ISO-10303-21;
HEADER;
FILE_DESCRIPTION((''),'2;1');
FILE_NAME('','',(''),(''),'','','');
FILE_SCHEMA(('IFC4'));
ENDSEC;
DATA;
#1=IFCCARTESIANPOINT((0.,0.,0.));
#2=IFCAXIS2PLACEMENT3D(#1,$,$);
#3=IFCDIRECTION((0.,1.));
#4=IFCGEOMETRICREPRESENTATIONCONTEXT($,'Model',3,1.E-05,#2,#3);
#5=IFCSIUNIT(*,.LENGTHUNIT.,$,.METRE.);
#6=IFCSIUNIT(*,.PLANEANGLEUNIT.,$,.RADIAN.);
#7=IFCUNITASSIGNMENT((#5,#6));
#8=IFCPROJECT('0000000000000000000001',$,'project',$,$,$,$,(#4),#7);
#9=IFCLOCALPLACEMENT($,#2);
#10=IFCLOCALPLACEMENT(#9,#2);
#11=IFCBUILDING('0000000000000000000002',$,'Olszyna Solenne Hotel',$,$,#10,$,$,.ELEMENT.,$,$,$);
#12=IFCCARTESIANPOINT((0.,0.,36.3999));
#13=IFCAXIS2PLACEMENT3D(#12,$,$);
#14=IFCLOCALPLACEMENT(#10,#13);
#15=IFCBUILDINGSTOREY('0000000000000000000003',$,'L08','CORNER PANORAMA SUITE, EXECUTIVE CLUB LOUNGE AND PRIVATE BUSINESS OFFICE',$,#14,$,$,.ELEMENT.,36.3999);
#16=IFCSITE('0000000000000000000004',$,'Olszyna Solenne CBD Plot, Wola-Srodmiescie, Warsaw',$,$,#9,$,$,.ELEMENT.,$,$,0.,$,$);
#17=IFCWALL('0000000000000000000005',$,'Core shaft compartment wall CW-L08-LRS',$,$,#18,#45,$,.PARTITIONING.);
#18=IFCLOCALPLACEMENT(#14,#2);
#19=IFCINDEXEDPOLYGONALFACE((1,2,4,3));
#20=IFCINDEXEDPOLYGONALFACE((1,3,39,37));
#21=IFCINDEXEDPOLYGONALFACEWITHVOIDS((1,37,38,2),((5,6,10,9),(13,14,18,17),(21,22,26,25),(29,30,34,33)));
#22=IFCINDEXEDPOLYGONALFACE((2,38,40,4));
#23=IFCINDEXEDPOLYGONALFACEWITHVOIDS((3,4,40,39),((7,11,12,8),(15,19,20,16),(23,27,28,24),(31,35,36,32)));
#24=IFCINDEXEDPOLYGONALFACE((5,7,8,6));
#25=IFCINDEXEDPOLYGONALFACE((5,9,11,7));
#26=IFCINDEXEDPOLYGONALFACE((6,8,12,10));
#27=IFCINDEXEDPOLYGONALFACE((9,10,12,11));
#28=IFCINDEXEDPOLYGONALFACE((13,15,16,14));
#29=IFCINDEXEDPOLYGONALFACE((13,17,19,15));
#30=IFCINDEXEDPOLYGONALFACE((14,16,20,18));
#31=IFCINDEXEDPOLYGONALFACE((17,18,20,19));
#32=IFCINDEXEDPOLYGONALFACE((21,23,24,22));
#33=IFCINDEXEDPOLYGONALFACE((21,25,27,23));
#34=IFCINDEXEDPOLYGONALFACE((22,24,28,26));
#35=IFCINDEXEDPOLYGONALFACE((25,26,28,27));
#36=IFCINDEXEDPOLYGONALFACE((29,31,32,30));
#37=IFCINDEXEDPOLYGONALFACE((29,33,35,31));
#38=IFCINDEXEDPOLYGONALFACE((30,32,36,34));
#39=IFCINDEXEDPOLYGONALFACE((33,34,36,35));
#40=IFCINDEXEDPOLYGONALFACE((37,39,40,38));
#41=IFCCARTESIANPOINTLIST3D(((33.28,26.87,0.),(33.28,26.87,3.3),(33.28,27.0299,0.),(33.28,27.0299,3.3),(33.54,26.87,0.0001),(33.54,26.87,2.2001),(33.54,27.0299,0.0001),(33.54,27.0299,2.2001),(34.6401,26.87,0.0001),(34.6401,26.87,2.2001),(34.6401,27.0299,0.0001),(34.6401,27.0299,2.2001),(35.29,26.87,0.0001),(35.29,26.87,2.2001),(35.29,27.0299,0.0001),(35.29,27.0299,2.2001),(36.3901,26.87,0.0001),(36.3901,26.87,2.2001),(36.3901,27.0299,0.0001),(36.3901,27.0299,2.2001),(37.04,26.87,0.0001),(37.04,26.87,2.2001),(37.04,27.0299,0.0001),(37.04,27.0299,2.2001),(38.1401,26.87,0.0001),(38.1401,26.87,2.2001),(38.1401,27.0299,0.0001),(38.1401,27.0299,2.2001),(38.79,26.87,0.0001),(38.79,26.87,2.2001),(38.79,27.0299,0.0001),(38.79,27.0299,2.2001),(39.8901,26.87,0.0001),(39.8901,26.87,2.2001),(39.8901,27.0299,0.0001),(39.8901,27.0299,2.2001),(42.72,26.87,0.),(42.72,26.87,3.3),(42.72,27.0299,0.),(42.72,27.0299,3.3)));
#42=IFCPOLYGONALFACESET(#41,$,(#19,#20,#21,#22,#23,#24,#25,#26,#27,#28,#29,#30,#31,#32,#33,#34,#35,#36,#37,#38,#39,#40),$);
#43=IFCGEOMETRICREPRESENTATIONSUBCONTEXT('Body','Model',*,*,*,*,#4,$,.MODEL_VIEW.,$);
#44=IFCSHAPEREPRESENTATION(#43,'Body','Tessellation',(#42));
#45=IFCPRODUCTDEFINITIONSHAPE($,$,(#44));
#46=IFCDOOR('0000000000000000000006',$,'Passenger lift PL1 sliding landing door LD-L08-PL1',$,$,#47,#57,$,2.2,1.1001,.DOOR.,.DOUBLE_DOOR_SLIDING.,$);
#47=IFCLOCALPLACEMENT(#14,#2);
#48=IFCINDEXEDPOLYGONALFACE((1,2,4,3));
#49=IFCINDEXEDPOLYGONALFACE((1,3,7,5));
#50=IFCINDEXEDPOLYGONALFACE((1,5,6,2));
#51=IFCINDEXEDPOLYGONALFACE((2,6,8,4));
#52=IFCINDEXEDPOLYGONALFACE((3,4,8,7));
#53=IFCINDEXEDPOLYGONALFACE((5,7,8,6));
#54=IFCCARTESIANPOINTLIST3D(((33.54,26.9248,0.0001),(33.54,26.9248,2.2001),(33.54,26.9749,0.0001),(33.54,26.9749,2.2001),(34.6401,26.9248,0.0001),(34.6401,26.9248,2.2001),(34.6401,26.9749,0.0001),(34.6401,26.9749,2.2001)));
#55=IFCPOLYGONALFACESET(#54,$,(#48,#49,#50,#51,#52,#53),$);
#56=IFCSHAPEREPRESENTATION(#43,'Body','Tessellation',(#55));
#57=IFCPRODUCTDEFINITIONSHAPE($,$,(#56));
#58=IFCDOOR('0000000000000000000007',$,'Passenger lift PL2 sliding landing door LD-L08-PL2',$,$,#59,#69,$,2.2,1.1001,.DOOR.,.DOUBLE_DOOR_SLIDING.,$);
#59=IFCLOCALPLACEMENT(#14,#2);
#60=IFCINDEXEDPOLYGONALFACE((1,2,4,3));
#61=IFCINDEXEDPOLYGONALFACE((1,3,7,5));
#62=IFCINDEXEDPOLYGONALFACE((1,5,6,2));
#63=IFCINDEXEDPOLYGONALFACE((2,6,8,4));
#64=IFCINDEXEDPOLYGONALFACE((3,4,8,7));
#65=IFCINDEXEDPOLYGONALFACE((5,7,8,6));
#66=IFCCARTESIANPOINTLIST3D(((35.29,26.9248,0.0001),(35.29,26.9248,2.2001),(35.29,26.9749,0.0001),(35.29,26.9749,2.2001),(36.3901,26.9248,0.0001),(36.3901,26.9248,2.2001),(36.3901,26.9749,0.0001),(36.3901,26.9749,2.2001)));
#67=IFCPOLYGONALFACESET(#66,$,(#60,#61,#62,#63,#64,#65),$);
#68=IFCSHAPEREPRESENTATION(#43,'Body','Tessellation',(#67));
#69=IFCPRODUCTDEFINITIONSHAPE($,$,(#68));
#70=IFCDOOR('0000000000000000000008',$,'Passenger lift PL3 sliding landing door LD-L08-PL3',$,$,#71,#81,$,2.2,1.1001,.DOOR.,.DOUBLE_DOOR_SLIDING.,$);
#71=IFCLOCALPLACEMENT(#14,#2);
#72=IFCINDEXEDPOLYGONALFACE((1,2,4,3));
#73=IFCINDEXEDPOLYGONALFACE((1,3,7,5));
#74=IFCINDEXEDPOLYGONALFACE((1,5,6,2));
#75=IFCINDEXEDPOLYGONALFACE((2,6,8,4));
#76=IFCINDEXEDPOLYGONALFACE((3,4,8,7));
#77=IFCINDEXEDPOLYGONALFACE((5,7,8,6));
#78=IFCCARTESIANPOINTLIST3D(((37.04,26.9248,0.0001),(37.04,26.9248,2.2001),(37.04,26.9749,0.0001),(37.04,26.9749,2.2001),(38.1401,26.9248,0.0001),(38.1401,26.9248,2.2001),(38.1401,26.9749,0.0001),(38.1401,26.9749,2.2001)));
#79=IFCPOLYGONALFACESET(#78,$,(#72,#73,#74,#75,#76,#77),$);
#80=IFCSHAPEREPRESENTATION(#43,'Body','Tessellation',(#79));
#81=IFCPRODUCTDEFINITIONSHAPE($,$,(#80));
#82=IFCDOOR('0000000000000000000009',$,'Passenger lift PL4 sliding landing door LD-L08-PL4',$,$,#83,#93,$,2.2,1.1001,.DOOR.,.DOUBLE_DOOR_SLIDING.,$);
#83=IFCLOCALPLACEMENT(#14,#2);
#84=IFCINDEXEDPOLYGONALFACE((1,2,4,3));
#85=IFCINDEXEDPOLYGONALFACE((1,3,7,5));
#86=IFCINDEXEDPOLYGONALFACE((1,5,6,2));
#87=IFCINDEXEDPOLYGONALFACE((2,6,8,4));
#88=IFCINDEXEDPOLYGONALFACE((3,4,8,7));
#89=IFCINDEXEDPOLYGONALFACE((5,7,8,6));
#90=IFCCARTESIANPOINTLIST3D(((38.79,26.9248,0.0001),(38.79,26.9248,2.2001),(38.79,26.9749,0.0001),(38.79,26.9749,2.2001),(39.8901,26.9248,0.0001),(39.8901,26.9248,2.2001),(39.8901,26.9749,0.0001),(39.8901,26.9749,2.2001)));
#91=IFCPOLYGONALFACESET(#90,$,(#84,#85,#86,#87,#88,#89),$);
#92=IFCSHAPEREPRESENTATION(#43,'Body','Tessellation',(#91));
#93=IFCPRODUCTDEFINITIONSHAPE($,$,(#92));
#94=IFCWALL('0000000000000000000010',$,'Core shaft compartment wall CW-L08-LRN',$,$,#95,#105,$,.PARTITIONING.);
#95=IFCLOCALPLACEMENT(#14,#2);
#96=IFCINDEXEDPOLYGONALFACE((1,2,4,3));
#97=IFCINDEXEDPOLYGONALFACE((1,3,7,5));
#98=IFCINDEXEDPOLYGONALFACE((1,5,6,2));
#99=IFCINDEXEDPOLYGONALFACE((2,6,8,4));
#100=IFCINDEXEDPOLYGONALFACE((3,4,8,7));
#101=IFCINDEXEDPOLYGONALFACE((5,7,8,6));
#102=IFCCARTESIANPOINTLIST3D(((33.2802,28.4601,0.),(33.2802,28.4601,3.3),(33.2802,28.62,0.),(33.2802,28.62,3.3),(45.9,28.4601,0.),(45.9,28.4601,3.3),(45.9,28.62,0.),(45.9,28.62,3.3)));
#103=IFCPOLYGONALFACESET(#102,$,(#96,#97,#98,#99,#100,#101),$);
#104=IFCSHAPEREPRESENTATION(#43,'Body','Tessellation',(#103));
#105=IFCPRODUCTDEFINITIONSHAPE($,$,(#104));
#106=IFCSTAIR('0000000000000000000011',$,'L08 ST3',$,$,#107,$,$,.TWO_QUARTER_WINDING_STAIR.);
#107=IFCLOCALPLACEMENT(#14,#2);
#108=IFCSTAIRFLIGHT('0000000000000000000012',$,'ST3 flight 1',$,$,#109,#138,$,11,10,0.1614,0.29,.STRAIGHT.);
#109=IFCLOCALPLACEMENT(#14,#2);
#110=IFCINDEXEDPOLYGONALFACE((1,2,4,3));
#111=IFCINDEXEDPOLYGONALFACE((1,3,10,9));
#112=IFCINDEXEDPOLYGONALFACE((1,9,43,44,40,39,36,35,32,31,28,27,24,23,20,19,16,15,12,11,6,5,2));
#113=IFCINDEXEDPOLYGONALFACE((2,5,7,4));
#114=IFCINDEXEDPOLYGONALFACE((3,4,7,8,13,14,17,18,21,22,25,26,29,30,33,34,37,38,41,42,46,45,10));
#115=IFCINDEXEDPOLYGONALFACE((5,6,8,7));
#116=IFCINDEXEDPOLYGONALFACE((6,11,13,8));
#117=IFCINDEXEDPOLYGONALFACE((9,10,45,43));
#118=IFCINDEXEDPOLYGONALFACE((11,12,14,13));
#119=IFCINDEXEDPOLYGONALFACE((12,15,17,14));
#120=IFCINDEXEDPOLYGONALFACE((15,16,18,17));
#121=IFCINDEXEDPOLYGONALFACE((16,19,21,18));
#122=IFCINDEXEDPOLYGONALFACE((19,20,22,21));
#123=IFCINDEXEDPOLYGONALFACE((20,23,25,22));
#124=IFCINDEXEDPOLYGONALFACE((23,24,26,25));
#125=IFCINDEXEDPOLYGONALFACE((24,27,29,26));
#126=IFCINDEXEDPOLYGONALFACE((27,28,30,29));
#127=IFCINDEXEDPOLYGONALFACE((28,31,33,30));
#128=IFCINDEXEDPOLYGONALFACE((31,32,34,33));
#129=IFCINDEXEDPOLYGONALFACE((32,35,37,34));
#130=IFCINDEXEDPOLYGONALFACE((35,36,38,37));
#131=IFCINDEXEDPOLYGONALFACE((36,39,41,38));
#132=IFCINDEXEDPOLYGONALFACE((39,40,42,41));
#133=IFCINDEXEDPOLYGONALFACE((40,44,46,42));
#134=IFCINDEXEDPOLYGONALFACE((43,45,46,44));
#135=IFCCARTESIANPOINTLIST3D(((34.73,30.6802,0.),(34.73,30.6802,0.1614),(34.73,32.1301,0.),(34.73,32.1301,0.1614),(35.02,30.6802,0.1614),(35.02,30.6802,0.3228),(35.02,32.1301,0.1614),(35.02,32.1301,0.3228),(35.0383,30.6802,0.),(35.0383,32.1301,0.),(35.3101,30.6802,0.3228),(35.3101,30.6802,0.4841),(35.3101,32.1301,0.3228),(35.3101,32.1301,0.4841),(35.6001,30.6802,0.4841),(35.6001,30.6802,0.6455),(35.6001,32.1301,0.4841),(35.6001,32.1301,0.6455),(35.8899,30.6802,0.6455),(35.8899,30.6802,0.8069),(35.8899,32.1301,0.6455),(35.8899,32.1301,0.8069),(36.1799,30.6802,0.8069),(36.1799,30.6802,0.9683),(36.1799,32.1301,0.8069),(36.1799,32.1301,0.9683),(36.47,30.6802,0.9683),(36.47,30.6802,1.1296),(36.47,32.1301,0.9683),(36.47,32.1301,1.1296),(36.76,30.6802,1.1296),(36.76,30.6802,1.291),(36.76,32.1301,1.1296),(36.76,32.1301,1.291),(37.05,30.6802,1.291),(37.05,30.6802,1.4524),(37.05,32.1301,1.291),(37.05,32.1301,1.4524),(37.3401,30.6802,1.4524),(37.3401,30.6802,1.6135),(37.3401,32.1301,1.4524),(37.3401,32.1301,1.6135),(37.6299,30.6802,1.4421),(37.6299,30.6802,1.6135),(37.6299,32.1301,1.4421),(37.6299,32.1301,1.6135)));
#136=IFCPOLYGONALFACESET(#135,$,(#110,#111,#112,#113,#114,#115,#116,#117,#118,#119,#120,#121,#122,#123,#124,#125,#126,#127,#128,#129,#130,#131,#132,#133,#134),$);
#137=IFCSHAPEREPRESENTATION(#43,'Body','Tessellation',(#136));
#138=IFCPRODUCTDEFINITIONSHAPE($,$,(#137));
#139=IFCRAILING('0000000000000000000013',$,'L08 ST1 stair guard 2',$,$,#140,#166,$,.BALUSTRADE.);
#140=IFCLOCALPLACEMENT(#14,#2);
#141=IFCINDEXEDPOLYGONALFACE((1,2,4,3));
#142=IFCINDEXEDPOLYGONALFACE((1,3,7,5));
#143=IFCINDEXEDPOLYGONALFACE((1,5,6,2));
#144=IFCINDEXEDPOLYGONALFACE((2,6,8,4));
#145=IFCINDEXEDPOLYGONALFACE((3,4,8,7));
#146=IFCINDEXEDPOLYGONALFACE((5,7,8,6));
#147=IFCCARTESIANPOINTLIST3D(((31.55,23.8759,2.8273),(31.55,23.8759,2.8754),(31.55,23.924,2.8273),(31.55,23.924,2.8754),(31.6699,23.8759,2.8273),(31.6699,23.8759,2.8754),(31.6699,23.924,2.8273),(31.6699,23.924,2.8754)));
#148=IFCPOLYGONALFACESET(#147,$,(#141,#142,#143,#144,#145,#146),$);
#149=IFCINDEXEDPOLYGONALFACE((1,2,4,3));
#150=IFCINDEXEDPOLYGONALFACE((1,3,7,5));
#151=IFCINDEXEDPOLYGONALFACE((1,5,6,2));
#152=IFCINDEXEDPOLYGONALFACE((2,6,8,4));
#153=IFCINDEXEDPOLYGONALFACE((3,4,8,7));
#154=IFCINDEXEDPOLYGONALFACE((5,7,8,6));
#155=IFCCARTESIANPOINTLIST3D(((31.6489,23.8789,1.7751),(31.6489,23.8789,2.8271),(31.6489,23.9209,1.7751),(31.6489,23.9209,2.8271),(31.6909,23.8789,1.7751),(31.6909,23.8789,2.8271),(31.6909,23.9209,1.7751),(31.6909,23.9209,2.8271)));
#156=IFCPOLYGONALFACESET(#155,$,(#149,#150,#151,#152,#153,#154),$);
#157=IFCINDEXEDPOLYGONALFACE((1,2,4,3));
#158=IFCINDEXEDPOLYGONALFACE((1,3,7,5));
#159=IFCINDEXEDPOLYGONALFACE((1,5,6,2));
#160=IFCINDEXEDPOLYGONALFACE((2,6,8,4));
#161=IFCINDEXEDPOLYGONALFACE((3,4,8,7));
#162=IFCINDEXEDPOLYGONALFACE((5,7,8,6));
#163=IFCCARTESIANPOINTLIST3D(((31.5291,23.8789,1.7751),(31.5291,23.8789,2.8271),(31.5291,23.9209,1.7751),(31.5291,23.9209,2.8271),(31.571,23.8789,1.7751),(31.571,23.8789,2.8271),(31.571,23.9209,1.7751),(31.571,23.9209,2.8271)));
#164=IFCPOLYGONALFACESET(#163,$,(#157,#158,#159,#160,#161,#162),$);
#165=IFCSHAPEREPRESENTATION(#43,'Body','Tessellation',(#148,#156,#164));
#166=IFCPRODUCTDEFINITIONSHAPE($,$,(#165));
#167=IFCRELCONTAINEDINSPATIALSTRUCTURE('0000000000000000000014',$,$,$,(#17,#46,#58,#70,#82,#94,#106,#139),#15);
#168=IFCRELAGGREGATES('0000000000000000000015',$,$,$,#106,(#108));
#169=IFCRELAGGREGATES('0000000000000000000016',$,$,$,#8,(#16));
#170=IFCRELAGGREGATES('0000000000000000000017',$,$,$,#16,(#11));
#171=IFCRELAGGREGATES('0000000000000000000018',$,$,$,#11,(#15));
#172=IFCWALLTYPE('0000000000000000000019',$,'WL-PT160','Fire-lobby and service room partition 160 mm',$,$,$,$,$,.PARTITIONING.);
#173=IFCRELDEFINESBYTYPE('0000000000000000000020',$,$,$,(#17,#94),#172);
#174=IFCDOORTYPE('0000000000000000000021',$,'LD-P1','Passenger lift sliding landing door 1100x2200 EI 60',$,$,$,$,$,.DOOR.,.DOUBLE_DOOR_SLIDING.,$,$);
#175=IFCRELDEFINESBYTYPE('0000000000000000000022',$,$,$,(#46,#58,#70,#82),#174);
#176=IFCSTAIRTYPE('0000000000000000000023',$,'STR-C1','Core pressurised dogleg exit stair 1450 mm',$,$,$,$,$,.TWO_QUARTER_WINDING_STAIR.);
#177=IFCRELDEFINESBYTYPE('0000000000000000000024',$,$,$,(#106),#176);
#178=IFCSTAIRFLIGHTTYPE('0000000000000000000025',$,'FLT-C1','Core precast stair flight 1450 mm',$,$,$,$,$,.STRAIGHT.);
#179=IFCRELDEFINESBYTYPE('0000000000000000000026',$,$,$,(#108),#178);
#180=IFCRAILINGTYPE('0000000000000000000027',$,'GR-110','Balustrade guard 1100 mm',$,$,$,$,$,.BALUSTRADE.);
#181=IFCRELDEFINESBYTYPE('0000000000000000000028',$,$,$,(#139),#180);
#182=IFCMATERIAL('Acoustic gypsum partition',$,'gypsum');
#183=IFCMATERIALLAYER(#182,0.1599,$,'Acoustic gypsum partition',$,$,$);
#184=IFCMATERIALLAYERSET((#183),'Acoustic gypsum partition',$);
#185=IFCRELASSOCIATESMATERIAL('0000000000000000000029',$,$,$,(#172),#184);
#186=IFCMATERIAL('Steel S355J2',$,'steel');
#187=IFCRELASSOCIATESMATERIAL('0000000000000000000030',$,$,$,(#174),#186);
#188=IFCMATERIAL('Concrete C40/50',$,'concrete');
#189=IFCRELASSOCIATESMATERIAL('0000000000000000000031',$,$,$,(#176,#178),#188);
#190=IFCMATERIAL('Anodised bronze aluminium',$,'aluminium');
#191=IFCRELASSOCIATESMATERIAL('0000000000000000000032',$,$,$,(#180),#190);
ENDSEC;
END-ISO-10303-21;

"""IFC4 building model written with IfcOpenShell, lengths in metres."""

from ifc_helpers import new_model, si_unit, direction, frame, frame_2d, origin, origin_2d, place, context, subcontext, project, spatial, polyline, rectangle, outline, extrude, source, transform, mapped, material, layer, layer_set, type_object, type_shapes, element, fill, aggregate, save


model = new_model("IFC4")

# Units and contexts
model_context = context("Model", 3, precision=1e-05, world=origin(), true_north=direction((0.0, 1.0)))
body_context = subcontext(model_context, "Body", "Model", "MODEL_VIEW")
ifc_project = project(units=[si_unit("LENGTHUNIT", "METRE"), si_unit("PLANEANGLEUNIT", "RADIAN")], contexts=[model_context])

# Site, building, storey
site_placement = place(None, origin())
site = spatial("IfcSite", under=ifc_project, at=site_placement, Name="Olszyna Solenne CBD Plot, Wola-Srodmiescie, Warsaw", CompositionType="ELEMENT", RefElevation=0.0)
building_placement = place(site_placement, origin())
building = spatial("IfcBuilding", under=site, at=building_placement, Name="Olszyna Solenne Hotel", CompositionType="ELEMENT")
storey_placement = place(building_placement, frame((0.0, 0.0, 36.3999)))
storey = spatial("IfcBuildingStorey", under=building, at=storey_placement, Name="L08", Description="CORNER PANORAMA SUITE, EXECUTIVE CLUB LOUNGE AND PRIVATE BUSINESS OFFICE", CompositionType="ELEMENT", Elevation=36.3999)

# Shared definitions
ifc_material_1 = material(Name="Steel S355J2", Category="steel")

# Shared definitions
ifc_material_2 = material(Name="Acoustic gypsum partition", Category="gypsum")
ifc_layer = layer(ifc_material_2, 0.1599, Name="Acoustic gypsum partition")
ifc_layer_set = layer_set([ifc_layer], Name="Acoustic gypsum partition")
wall_type = type_object("IfcWallType", Name="WL-PT160", Description="Fire-lobby and service room partition 160 mm", PredefinedType="PARTITIONING", material=ifc_layer_set)

# Wall, openings, doors
wall_1_placement = place(storey_placement, frame((33.28, 26.95, 0.0), z_axis=(0.0, 0.0, 1.0), x_axis=(1.0, 0.0, 0.0)))
wall_1 = element("IfcWall", 1, at=wall_1_placement, inside=storey, type_object=wall_type, Name="Core shaft compartment wall CW-L08-LRS", PredefinedType="PARTITIONING", context=body_context, shape_type="SweptSolid", body=[
    extrude(rectangle(XDim=9.4399, YDim=0.1599, at=frame_2d((4.72, 0.0))), origin(), (0.0, 0.0, 1.0), 3.3),
])
opening_1_placement = place(wall_1_placement, frame((0.26, 0.0, 0.0)))
opening_1 = element("IfcOpeningElement", 2, at=opening_1_placement, cuts=wall_1, PredefinedType="OPENING", context=body_context, shape_type="SweptSolid", body=[
    extrude(rectangle(XDim=1.1001, YDim=2.2, at=frame_2d((0.55, 1.1001))), frame((0.0, 0.0898, 0.0), z_axis=(0.0, -1.0, 0.0), x_axis=(1.0, 0.0, 0.0)), (0.0, 0.0, 1.0), 0.1799),
])
opening_2_placement = place(wall_1_placement, frame((2.01, 0.0, 0.0)))
opening_2 = element("IfcOpeningElement", 3, at=opening_2_placement, cuts=wall_1, PredefinedType="OPENING", context=body_context, shape_type="SweptSolid", body=[
    extrude(rectangle(XDim=1.1001, YDim=2.2, at=frame_2d((0.55, 1.1001))), frame((0.0, 0.0898, 0.0), z_axis=(0.0, -1.0, 0.0), x_axis=(1.0, 0.0, 0.0)), (0.0, 0.0, 1.0), 0.1799),
])
opening_3_placement = place(wall_1_placement, frame((3.76, 0.0, 0.0)))
opening_3 = element("IfcOpeningElement", 4, at=opening_3_placement, cuts=wall_1, PredefinedType="OPENING", context=body_context, shape_type="SweptSolid", body=[
    extrude(rectangle(XDim=1.1001, YDim=2.2, at=frame_2d((0.55, 1.1001))), frame((0.0, 0.0898, 0.0), z_axis=(0.0, -1.0, 0.0), x_axis=(1.0, 0.0, 0.0)), (0.0, 0.0, 1.0), 0.1799),
])
opening_4_placement = place(wall_1_placement, frame((5.51, 0.0, 0.0)))
opening_4 = element("IfcOpeningElement", 5, at=opening_4_placement, cuts=wall_1, PredefinedType="OPENING", context=body_context, shape_type="SweptSolid", body=[
    extrude(rectangle(XDim=1.1001, YDim=2.2, at=frame_2d((0.55, 1.1001))), frame((0.0, 0.0898, 0.0), z_axis=(0.0, -1.0, 0.0), x_axis=(1.0, 0.0, 0.0)), (0.0, 0.0, 1.0), 0.1799),
])
door_type_1 = type_object("IfcDoorType", Name="LD-P1", Description="Passenger lift sliding landing door 1100x2200 EI 60", OperationType="DOUBLE_DOOR_SLIDING", PredefinedType="DOOR", material=ifc_material_1)
shared_shape_1 = source(origin(), body_context, "Body", "SweptSolid", [
    extrude(rectangle(XDim=1.1001, YDim=2.2, at=frame_2d((0.55, 1.1001))), frame((0.0, 0.0249, 0.0), z_axis=(0.0, -1.0, 0.0), x_axis=(1.0, 0.0, 0.0)), (0.0, 0.0, 1.0), 0.05),
])
type_shapes(door_type_1, [shared_shape_1])
door_1_placement = place(opening_1_placement, origin())
door_1 = element("IfcDoor", 6, at=door_1_placement, inside=storey, type_object=door_type_1, Name="Passenger lift PL1 sliding landing door LD-L08-PL1", OperationType="DOUBLE_DOOR_SLIDING", OverallHeight=2.2, OverallWidth=1.1001, PredefinedType="DOOR", context=body_context, shape_type="MappedRepresentation", body=[
    mapped(shared_shape_1, transform((0.0, 0.0, 0.0), x_axis=(1.0, 0.0, 0.0), y_axis=(0.0, 1.0, 0.0), z_axis=(0.0, 0.0, 1.0), scale=1.0)),
])
fill(opening_1, door_1)
door_2_placement = place(opening_2_placement, origin())
door_2 = element("IfcDoor", 7, at=door_2_placement, inside=storey, type_object=door_type_1, Name="Passenger lift PL2 sliding landing door LD-L08-PL2", OperationType="DOUBLE_DOOR_SLIDING", OverallHeight=2.2, OverallWidth=1.1001, PredefinedType="DOOR", context=body_context, shape_type="MappedRepresentation", body=[
    mapped(shared_shape_1, transform((0.0, 0.0, 0.0), x_axis=(1.0, 0.0, 0.0), y_axis=(0.0, 1.0, 0.0), z_axis=(0.0, 0.0, 1.0), scale=1.0)),
])
fill(opening_2, door_2)
door_3_placement = place(opening_3_placement, origin())
door_3 = element("IfcDoor", 8, at=door_3_placement, inside=storey, type_object=door_type_1, Name="Passenger lift PL3 sliding landing door LD-L08-PL3", OperationType="DOUBLE_DOOR_SLIDING", OverallHeight=2.2, OverallWidth=1.1001, PredefinedType="DOOR", context=body_context, shape_type="MappedRepresentation", body=[
    mapped(shared_shape_1, transform((0.0, 0.0, 0.0), x_axis=(1.0, 0.0, 0.0), y_axis=(0.0, 1.0, 0.0), z_axis=(0.0, 0.0, 1.0), scale=1.0)),
])
fill(opening_3, door_3)
door_4_placement = place(opening_4_placement, origin())
door_4 = element("IfcDoor", 9, at=door_4_placement, inside=storey, type_object=door_type_1, Name="Passenger lift PL4 sliding landing door LD-L08-PL4", OperationType="DOUBLE_DOOR_SLIDING", OverallHeight=2.2, OverallWidth=1.1001, PredefinedType="DOOR", context=body_context, shape_type="MappedRepresentation", body=[
    mapped(shared_shape_1, transform((0.0, 0.0, 0.0), x_axis=(1.0, 0.0, 0.0), y_axis=(0.0, 1.0, 0.0), z_axis=(0.0, 0.0, 1.0), scale=1.0)),
])
fill(opening_4, door_4)

# Wall
wall_2_placement = place(storey_placement, frame((33.28, 28.54, 0.0), z_axis=(0.0, 0.0, 1.0), x_axis=(1.0, 0.0, 0.0)))
element("IfcWall", 10, at=wall_2_placement, inside=storey, type_object=wall_type, Name="Core shaft compartment wall CW-L08-LRN", PredefinedType="PARTITIONING", context=body_context, shape_type="SweptSolid", body=[
    extrude(rectangle(XDim=12.6199, YDim=0.1599, at=frame_2d((6.3101, 0.0))), origin(), (0.0, 0.0, 1.0), 3.3),
])

# Stair, stair flight
ifc_material_3 = material(Name="Concrete C40/50", Category="concrete")
stair_type = type_object("IfcStairType", Name="STR-C1", Description="Core pressurised dogleg exit stair 1450 mm", PredefinedType="TWO_QUARTER_WINDING_STAIR", material=ifc_material_3)
stair_placement = place(storey_placement, origin())
stair = element("IfcStair", 11, at=stair_placement, inside=storey, type_object=stair_type, Name="L08 ST3", PredefinedType="TWO_QUARTER_WINDING_STAIR")
stair_flight_type = type_object("IfcStairFlightType", Name="FLT-C1", Description="Core precast stair flight 1450 mm", PredefinedType="STRAIGHT", material=ifc_material_3)
stair_flight_placement = place(storey_placement, frame((34.73, 31.405, 0.0), z_axis=(0.0, 0.0, 1.0), x_axis=(1.0, 0.0, 0.0)))
stair_flight = element("IfcStairFlight", 12, at=stair_flight_placement, type_object=stair_flight_type, Name="ST3 flight 1", NumberOfRisers=11, NumberOfTreads=10, PredefinedType="STRAIGHT", RiserHeight=0.1614, TreadLength=0.29, context=body_context, shape_type="SweptSolid", body=[
    extrude(outline(polyline([(0.0, 0.0), (0.0, 0.1614), (0.29, 0.1614), (0.29, 0.3228), (0.5801, 0.3228), (0.5801, 0.4841), (0.8701, 0.4841), (0.8701, 0.6455), (1.1599, 0.6455), (1.1599, 0.8069), (1.45, 0.8069), (1.45, 0.9683), (1.74, 0.9683), (1.74, 1.1296), (2.03, 1.1296), (2.03, 1.291), (2.3201, 1.291), (2.3201, 1.4524), (2.6101, 1.4524), (2.6101, 1.6135), (2.8999, 1.6135), (2.8999, 1.7749), (2.8999, 1.4421), (0.3083, 0.0), (0.0, 0.0)])), frame((0.0, 0.7251, 0.0), z_axis=(0.0, -1.0, 0.0), x_axis=(1.0, 0.0, 0.0)), (0.0, 0.0, 1.0), 1.45),
])
aggregate(stair, [stair_flight])

# Railing
ifc_material_4 = material(Name="Anodised bronze aluminium", Category="aluminium")
railing_type = type_object("IfcRailingType", Name="GR-110", Description="Balustrade guard 1100 mm", PredefinedType="BALUSTRADE", material=ifc_material_4)
railing_1_placement = place(storey_placement, frame((31.6699, 23.8999, 1.7751)))
element("IfcRailing", 13, at=railing_1_placement, inside=storey, type_object=railing_type, Name="L08 ST1 stair guard 2", PredefinedType="BALUSTRADE", context=body_context, shape_type="SweptSolid", body=[
    extrude(rectangle(XDim=0.0481, YDim=0.0481, at=origin_2d()), frame((0.0, 0.0, 1.0762), z_axis=(-1.0, 0.0, 0.0), x_axis=(0.0, -1.0, 0.0)), (0.0, 0.0, 1.0), 0.1199),
    extrude(rectangle(XDim=0.042, YDim=0.042, at=origin_2d()), origin(), (0.0, 0.0, 1.0), 1.052),
    extrude(rectangle(XDim=0.042, YDim=0.042, at=origin_2d()), frame((-0.1199, 0.0, 0.0)), (0.0, 0.0, 1.0), 1.052),
])

save(model, "model.ifc")
